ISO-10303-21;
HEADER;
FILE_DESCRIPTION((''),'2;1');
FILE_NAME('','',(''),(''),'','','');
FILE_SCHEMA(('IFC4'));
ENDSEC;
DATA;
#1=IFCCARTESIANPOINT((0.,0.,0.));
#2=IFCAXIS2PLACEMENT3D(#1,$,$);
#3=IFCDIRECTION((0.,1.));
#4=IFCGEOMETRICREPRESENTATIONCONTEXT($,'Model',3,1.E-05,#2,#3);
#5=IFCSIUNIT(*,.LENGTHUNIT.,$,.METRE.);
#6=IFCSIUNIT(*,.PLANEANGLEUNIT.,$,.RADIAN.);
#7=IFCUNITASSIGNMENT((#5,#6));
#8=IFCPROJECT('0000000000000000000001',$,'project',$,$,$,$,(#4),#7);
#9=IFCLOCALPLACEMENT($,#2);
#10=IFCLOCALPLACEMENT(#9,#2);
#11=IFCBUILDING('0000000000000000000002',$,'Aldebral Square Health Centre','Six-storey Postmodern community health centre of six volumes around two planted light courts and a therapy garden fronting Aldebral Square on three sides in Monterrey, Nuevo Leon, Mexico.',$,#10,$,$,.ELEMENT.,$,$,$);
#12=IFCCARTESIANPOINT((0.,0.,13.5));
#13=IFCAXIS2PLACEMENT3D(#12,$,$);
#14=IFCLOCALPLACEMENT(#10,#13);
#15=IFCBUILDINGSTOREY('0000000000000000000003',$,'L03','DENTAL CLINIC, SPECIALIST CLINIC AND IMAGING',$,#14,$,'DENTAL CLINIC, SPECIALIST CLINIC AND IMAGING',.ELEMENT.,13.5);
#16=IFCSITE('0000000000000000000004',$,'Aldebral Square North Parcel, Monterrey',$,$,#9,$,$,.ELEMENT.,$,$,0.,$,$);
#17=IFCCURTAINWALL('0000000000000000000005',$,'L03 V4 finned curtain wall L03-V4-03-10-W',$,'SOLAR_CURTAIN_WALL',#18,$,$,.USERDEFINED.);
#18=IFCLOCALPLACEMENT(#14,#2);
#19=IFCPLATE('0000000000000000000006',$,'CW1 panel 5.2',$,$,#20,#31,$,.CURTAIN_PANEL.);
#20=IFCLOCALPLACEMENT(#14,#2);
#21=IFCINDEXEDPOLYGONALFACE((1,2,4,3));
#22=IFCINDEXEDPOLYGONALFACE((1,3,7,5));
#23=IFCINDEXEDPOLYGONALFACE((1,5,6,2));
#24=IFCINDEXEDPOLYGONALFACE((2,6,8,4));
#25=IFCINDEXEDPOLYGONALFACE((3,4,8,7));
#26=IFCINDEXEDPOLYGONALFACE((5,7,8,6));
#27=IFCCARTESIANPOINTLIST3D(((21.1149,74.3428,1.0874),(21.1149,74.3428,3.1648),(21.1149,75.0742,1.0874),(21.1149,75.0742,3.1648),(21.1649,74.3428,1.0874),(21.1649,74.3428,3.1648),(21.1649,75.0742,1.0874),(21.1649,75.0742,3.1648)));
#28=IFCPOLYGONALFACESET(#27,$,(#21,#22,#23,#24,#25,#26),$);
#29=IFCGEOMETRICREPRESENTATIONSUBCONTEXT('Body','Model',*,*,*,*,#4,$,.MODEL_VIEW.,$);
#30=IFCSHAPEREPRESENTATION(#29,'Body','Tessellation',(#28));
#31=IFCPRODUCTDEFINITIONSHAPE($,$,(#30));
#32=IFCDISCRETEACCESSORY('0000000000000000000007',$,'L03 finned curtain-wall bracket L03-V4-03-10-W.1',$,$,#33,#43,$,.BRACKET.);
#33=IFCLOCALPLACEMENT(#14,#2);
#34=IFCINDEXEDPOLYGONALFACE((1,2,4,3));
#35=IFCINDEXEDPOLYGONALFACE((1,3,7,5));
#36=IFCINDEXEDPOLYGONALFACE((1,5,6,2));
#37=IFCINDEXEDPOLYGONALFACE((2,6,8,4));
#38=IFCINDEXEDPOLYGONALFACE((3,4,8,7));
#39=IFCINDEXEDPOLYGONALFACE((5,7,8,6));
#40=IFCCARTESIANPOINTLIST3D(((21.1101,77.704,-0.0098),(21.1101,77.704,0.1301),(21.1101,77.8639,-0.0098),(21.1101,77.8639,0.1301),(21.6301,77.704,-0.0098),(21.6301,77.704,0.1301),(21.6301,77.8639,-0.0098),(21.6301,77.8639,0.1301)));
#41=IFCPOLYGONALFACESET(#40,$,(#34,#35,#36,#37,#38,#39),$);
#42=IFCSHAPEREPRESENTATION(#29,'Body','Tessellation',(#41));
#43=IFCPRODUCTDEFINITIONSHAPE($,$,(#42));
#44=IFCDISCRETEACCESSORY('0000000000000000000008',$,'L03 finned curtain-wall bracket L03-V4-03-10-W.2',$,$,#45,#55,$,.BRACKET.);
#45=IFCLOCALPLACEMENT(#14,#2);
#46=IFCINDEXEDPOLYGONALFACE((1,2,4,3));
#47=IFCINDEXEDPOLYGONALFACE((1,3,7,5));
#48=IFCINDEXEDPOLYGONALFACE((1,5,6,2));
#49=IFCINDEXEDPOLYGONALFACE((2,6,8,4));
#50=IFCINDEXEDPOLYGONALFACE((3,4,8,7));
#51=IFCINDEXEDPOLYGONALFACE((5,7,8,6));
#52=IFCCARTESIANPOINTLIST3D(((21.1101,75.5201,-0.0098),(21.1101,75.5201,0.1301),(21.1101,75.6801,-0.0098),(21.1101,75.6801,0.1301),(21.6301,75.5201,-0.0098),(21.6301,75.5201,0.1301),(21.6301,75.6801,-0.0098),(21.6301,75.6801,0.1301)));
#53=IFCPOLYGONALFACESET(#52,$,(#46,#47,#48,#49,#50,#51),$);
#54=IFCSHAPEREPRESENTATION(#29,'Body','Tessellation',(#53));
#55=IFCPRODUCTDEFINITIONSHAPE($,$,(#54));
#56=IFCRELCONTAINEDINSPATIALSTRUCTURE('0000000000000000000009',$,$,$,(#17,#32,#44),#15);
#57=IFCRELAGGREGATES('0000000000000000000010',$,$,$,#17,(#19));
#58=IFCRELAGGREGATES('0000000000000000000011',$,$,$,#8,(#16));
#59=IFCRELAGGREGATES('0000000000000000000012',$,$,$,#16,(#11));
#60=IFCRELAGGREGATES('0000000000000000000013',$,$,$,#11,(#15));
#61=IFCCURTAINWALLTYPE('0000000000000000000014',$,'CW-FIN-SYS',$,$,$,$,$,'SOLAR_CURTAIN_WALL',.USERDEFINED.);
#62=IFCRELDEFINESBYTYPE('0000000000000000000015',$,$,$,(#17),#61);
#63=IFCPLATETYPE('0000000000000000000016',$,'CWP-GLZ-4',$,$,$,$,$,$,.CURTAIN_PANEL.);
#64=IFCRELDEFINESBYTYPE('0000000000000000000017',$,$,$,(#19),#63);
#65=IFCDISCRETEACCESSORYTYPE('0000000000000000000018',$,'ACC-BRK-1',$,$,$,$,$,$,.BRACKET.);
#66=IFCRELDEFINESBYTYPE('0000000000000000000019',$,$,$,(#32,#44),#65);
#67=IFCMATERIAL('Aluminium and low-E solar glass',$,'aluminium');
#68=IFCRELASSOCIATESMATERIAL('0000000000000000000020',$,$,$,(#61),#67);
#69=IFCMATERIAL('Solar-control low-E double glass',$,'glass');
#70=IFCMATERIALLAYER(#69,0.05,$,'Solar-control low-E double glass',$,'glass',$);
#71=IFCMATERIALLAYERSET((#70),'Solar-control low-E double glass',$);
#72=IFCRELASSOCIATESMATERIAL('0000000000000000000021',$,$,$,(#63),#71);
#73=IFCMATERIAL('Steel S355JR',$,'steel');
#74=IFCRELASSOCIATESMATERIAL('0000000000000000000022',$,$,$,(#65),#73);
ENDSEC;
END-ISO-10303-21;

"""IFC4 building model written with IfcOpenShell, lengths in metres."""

from ifc_helpers import new_model, si_unit, direction, frame, origin, origin_2d, place, context, subcontext, project, spatial, rectangle, extrude, material, layer, layer_set, type_object, element, aggregate, save


model = new_model("IFC4")

# Units and contexts
model_context = context("Model", 3, precision=1e-05, world=origin(), true_north=direction((0.0, 1.0)))
body_context = subcontext(model_context, "Body", "Model", "MODEL_VIEW")
ifc_project = project(units=[si_unit("LENGTHUNIT", "METRE"), si_unit("PLANEANGLEUNIT", "RADIAN")], contexts=[model_context])

# Site, building, storey
site_placement = place(None, origin())
site = spatial("IfcSite", under=ifc_project, at=site_placement, Name="Aldebral Square North Parcel, Monterrey", CompositionType="ELEMENT", RefElevation=0.0)
building_placement = place(site_placement, origin())
building = spatial("IfcBuilding", under=site, at=building_placement, Name="Aldebral Square Health Centre", Description="Six-storey Postmodern community health centre of six volumes around two planted light courts and a therapy garden fronting Aldebral Square on three sides in Monterrey, Nuevo Leon, Mexico.", CompositionType="ELEMENT")
storey_placement = place(building_placement, frame((0.0, 0.0, 13.5)))
storey = spatial("IfcBuildingStorey", under=building, at=storey_placement, Name="L03", Description="DENTAL CLINIC, SPECIALIST CLINIC AND IMAGING", LongName="DENTAL CLINIC, SPECIALIST CLINIC AND IMAGING", CompositionType="ELEMENT", Elevation=13.5)

# Curtain wall, plate
ifc_material_1 = material(Name="Aluminium and low-E solar glass", Category="aluminium")
curtain_wall_type = type_object("IfcCurtainWallType", Name="CW-FIN-SYS", ElementType="SOLAR_CURTAIN_WALL", PredefinedType="USERDEFINED", material=ifc_material_1)
curtain_wall_placement = place(storey_placement, origin())
curtain_wall = element("IfcCurtainWall", 1, at=curtain_wall_placement, inside=storey, type_object=curtain_wall_type, Name="L03 V4 finned curtain wall L03-V4-03-10-W", ObjectType="SOLAR_CURTAIN_WALL", PredefinedType="USERDEFINED")
ifc_material_2 = material(Name="Solar-control low-E double glass", Category="glass")
ifc_layer = layer(ifc_material_2, 0.05, Name="Solar-control low-E double glass", Category="glass")
ifc_layer_set = layer_set([ifc_layer], Name="Solar-control low-E double glass")
plate_type = type_object("IfcPlateType", Name="CWP-GLZ-4", PredefinedType="CURTAIN_PANEL", material=ifc_layer_set)
plate_1_placement = place(storey_placement, frame((21.1399, 74.7085, 1.0874), z_axis=(0.0, 0.0, 1.0), x_axis=(0.0, -1.0, 0.0)))
plate_1 = element("IfcPlate", 2, at=plate_1_placement, type_object=plate_type, Name="CW1 panel 5.2", PredefinedType="CURTAIN_PANEL", context=body_context, shape_type="SweptSolid", body=[
    extrude(rectangle(XDim=0.7314, YDim=0.05, at=origin_2d()), origin(), (0.0, 0.0, 1.0), 2.0774),
])
aggregate(curtain_wall, [plate_1])

# Discrete accessories
ifc_material_3 = material(Name="Steel S355JR", Category="steel")
discrete_accessory_type = type_object("IfcDiscreteAccessoryType", Name="ACC-BRK-1", PredefinedType="BRACKET", material=ifc_material_3)
for number, where, z_axis, x_axis, name in (
    (3, (21.3701, 77.7839, -0.0098), (0.0, 0.0, 1.0), (0.0, 1.0, 0.0), "L03 finned curtain-wall bracket L03-V4-03-10-W.1"),
    (4, (21.3701, 75.6001, -0.0098), (0.0, 0.0, 1.0), (0.0, 1.0, 0.0), "L03 finned curtain-wall bracket L03-V4-03-10-W.2"),
):
    element("IfcDiscreteAccessory", number, at=place(storey_placement, frame(where, z_axis=z_axis, x_axis=x_axis)), inside=storey, type_object=discrete_accessory_type, Name=name, PredefinedType="BRACKET", context=body_context, shape_type="SweptSolid", body=[
        extrude(rectangle(XDim=0.1599, YDim=0.52, at=origin_2d()), origin(), (0.0, 0.0, 1.0), 0.1399),
    ])

save(model, "model.ifc")
